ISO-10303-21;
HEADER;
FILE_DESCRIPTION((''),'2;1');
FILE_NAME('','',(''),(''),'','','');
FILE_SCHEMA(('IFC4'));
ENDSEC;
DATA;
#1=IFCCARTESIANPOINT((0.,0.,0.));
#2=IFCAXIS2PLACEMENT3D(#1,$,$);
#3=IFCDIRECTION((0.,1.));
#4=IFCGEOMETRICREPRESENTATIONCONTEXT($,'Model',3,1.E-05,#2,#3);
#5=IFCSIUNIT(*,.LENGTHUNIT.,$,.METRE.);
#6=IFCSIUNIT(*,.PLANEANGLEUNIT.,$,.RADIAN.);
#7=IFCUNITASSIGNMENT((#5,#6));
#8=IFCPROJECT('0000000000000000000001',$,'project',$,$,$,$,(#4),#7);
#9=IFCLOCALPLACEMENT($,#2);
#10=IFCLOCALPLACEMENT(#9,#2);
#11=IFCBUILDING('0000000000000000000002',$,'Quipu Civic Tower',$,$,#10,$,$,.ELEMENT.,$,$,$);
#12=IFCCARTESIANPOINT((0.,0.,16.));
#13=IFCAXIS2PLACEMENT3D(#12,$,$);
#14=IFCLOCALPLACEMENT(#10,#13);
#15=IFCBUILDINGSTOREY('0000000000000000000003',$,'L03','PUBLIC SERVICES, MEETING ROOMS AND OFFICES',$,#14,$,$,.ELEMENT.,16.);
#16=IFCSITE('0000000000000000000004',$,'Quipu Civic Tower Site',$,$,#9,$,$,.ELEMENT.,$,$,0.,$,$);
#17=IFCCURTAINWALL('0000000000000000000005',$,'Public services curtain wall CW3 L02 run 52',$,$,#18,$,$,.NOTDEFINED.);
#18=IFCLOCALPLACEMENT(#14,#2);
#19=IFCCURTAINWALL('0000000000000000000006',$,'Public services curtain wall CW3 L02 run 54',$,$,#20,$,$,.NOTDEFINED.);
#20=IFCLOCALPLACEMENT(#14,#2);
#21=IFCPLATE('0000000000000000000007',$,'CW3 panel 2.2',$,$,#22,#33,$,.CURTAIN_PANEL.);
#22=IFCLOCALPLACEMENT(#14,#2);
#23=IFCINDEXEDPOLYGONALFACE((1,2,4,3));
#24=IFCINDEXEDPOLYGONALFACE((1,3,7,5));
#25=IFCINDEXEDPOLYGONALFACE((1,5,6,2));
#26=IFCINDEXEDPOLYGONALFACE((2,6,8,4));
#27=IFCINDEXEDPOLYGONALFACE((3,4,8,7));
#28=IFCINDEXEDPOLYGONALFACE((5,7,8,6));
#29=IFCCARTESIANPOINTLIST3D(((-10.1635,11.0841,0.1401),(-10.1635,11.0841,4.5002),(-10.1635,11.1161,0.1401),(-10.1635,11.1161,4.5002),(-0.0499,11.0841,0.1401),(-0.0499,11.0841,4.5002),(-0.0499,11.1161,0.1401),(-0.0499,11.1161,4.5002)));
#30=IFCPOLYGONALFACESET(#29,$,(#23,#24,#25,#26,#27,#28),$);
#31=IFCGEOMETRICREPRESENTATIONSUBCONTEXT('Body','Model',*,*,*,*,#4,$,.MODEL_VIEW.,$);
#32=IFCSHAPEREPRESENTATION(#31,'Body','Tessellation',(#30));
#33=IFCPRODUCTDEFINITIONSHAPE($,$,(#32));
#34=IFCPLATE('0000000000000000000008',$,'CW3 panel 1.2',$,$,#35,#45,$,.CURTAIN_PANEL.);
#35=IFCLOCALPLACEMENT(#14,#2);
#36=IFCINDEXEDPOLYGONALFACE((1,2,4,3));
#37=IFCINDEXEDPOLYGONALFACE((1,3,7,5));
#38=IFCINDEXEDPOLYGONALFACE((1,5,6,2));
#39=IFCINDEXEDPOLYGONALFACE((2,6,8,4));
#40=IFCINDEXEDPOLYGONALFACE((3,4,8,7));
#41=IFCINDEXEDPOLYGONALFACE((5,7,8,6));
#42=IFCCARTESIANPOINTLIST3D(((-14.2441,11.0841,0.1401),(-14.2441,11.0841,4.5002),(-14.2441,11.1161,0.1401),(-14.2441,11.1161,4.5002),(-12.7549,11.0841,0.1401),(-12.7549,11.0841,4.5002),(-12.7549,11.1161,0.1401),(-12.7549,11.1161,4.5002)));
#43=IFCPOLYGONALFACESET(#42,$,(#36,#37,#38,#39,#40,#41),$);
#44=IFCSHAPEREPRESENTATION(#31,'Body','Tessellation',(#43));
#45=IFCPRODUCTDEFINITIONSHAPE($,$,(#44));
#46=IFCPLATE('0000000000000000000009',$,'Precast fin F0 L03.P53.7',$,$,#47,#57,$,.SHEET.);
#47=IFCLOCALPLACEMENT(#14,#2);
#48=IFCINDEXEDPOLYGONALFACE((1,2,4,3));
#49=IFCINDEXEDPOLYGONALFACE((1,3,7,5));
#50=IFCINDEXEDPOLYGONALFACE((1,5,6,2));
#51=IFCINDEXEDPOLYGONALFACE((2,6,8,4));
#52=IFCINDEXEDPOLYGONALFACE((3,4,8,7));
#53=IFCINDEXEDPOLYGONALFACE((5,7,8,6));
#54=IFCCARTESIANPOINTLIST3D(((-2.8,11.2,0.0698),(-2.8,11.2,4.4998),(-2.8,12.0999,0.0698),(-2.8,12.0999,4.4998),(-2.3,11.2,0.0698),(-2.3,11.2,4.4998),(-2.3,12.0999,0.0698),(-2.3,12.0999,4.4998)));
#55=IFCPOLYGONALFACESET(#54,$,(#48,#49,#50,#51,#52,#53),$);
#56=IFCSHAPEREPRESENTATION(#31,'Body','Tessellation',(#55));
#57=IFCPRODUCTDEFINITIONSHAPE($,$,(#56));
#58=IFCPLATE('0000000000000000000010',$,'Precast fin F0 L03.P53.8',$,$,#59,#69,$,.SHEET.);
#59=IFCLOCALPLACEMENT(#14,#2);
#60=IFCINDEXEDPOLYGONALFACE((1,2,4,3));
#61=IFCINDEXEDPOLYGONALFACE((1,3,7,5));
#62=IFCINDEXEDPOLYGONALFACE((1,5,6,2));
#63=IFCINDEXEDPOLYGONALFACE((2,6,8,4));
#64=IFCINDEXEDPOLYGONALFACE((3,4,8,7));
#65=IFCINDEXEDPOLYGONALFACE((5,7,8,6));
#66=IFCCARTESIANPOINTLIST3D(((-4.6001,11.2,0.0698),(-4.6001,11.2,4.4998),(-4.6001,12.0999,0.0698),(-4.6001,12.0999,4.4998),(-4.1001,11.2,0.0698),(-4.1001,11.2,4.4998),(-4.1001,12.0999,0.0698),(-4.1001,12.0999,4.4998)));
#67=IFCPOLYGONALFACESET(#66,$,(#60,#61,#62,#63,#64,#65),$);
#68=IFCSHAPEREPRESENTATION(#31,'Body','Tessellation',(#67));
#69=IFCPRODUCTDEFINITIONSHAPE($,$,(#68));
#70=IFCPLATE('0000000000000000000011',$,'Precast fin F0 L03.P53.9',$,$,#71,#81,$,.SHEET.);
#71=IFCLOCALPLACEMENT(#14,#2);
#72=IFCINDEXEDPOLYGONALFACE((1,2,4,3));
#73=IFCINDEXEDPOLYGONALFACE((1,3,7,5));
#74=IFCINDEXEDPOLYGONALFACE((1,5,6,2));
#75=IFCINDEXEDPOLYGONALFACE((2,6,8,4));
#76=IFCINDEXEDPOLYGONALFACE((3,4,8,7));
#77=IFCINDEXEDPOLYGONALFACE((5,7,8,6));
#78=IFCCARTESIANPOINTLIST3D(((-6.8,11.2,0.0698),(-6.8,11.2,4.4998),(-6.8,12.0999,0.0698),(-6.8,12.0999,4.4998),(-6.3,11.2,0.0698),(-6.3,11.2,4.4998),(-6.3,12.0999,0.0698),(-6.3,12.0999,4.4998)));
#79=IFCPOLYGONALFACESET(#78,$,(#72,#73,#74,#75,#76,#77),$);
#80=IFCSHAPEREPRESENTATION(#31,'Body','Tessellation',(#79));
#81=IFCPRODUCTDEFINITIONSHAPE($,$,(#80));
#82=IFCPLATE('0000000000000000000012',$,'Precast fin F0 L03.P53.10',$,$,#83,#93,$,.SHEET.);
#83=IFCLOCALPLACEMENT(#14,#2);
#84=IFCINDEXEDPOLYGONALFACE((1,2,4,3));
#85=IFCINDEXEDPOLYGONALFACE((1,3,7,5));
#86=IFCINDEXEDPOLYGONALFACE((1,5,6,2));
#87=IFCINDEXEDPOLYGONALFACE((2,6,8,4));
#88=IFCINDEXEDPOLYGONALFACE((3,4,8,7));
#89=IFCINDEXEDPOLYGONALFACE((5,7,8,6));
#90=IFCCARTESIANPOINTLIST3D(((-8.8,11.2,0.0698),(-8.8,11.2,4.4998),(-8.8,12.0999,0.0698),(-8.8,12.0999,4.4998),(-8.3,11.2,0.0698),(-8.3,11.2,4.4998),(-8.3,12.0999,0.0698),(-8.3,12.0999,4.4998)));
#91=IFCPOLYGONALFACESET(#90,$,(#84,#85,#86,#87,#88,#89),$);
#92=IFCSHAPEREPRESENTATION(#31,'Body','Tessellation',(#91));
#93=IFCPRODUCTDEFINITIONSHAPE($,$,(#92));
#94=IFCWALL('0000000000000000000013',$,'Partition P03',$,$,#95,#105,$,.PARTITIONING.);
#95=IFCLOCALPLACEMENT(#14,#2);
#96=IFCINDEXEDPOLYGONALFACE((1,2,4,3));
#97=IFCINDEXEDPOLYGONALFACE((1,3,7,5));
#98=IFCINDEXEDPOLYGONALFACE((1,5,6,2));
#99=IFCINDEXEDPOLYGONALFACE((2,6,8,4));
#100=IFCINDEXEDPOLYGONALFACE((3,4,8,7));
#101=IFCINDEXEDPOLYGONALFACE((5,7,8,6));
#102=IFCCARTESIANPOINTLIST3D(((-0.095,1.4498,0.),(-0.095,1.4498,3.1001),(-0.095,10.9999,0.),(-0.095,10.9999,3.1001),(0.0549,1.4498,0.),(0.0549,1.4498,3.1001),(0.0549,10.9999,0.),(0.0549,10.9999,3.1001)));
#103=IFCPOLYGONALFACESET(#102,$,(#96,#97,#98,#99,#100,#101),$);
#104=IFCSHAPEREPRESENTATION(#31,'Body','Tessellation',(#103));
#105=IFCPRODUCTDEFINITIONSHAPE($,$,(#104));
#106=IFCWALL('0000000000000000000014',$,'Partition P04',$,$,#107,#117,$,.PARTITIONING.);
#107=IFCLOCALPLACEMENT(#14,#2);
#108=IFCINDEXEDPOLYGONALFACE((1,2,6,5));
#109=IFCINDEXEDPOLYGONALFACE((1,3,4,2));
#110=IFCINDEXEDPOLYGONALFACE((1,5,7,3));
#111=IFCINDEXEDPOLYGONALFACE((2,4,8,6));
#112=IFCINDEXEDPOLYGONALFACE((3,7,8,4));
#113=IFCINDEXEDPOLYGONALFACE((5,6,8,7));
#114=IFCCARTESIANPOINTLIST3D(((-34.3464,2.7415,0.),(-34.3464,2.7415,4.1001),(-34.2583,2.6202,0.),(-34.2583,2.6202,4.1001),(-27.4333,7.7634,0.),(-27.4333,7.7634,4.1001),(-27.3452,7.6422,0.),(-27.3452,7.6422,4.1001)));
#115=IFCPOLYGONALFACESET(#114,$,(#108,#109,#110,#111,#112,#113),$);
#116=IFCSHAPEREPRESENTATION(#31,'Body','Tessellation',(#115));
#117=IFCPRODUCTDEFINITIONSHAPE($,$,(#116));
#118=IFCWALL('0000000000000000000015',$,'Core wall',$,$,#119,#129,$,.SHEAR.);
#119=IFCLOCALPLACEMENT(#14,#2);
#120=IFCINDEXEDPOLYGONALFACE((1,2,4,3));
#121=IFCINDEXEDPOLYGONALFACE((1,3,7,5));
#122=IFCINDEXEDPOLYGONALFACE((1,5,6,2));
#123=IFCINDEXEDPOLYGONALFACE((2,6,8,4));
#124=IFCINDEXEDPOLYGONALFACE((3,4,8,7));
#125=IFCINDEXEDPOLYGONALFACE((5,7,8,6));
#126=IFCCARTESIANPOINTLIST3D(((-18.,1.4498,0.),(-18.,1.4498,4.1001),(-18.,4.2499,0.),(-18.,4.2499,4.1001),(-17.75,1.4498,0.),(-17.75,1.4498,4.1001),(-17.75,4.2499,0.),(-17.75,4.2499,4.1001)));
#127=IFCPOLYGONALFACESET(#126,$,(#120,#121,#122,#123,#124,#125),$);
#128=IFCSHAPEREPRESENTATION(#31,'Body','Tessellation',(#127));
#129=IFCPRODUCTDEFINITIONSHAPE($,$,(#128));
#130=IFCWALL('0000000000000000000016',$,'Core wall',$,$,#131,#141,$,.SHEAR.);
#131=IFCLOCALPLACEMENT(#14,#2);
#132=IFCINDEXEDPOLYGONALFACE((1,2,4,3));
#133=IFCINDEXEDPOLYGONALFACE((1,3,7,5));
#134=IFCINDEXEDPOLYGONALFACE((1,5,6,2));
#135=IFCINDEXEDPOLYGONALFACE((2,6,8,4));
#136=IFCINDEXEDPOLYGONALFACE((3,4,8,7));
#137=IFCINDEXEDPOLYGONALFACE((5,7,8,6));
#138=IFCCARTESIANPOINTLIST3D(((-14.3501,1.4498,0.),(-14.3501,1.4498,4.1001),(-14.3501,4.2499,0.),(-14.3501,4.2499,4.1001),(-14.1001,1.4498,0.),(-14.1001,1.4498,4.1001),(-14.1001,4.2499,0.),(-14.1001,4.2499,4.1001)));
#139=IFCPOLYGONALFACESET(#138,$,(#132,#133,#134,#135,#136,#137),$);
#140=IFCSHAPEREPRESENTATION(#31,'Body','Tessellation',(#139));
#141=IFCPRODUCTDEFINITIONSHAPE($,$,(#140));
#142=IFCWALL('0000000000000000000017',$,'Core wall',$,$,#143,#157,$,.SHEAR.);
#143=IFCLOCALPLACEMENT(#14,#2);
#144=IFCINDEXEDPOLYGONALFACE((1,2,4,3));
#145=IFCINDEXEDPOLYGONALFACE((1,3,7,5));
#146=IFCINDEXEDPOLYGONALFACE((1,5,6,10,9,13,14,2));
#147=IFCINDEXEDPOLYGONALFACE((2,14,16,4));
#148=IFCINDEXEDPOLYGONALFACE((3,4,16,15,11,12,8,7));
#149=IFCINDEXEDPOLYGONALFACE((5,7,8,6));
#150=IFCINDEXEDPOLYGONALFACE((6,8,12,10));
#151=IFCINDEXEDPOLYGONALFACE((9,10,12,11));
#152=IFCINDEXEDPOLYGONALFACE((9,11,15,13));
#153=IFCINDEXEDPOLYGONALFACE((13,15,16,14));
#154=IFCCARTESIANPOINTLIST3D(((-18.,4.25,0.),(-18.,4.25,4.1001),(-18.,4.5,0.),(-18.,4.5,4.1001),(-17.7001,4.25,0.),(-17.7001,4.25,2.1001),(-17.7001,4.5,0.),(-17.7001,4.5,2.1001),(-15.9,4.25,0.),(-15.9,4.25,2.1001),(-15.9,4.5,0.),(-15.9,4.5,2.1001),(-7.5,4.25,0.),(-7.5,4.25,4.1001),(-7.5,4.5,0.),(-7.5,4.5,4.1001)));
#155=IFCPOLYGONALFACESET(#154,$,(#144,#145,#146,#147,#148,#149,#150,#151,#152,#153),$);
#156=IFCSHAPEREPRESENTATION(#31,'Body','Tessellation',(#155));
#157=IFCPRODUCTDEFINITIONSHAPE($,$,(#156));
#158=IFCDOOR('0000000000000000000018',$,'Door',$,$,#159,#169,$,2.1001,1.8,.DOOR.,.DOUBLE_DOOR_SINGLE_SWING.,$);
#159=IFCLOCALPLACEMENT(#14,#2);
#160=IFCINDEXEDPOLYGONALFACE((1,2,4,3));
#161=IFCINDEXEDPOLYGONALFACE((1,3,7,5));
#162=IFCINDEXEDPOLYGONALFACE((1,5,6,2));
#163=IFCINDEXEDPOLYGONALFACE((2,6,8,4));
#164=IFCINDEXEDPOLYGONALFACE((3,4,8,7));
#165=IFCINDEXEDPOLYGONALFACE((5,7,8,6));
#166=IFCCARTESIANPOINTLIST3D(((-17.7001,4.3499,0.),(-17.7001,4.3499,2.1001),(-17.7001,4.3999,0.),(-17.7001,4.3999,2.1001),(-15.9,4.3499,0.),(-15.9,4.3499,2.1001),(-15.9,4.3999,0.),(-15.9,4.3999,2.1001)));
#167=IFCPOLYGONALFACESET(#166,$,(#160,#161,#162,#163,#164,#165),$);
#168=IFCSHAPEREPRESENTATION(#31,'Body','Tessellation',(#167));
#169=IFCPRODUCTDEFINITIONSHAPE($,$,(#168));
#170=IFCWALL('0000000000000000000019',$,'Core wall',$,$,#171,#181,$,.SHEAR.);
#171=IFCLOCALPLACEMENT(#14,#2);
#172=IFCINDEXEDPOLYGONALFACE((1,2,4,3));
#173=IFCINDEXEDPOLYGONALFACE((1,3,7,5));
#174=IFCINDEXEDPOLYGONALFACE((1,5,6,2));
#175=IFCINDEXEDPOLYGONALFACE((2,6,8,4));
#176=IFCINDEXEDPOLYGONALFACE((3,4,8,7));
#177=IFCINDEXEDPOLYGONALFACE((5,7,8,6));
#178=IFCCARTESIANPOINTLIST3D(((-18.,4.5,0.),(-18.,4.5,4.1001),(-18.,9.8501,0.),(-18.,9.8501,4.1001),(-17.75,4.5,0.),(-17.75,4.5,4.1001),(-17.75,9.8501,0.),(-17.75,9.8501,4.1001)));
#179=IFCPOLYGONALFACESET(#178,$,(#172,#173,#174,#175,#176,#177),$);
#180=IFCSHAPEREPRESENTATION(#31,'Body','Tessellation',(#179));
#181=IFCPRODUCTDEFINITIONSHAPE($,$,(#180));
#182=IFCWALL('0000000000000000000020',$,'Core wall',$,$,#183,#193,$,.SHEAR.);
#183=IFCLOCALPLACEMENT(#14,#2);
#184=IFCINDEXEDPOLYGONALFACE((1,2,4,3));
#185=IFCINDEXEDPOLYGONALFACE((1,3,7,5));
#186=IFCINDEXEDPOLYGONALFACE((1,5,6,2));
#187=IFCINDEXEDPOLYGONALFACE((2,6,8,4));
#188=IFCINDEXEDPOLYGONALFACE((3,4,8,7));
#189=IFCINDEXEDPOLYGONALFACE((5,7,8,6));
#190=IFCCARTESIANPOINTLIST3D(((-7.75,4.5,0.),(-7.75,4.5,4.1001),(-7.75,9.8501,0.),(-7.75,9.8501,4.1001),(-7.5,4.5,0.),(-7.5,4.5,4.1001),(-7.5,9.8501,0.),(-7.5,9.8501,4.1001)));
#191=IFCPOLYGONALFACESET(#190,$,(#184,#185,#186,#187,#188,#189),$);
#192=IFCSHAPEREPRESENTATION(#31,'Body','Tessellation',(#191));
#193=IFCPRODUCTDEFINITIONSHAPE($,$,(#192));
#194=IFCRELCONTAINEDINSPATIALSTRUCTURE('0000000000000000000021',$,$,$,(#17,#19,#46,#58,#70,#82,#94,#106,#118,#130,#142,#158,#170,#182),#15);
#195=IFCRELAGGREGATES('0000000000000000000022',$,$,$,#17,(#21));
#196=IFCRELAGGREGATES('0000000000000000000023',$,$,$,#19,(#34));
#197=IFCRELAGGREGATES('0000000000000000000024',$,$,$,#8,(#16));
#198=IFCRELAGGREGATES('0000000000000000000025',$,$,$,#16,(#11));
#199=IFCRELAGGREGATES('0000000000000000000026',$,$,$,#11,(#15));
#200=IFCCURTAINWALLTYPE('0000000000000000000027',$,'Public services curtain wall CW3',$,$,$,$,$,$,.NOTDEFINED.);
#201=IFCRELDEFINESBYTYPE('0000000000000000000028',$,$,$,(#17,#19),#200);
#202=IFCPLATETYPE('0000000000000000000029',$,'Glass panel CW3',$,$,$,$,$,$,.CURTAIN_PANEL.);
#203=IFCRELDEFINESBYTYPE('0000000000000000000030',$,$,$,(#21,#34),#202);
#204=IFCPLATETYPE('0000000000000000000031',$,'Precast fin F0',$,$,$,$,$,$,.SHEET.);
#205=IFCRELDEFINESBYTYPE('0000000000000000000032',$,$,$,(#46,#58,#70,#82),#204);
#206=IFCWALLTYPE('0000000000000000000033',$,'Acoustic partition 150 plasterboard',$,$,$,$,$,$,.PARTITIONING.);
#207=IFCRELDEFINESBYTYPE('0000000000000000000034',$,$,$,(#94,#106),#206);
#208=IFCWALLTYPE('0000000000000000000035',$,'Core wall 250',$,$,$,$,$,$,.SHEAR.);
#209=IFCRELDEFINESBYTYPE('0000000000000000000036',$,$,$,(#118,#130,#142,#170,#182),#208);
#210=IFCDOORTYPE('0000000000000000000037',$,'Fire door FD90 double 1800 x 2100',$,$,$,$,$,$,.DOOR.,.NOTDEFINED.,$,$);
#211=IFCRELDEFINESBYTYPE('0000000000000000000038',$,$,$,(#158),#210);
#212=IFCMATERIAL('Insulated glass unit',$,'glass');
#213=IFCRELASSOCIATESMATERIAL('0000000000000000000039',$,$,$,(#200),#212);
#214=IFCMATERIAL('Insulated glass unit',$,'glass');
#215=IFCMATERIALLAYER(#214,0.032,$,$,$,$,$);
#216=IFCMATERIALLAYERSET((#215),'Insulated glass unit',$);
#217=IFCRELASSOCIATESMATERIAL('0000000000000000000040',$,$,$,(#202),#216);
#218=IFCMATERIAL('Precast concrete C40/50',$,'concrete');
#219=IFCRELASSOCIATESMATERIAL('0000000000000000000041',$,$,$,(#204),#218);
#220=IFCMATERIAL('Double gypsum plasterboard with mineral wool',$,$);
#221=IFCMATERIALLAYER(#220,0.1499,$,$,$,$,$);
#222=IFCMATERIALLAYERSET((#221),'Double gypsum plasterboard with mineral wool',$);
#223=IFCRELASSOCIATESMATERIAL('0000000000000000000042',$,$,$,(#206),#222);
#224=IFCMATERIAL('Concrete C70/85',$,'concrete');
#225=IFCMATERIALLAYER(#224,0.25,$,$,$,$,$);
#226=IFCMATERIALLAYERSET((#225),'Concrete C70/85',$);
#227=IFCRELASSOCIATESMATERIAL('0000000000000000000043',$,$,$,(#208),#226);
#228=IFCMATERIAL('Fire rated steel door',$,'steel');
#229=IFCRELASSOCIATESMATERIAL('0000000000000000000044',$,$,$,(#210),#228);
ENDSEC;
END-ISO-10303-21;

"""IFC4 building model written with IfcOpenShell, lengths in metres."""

from ifc_helpers import new_model, si_unit, direction, frame, frame_2d, origin, origin_2d, place, context, subcontext, project, spatial, rectangle, extrude, material, layer, layer_set, type_object, element, fill, aggregate, save


model = new_model("IFC4")

# Units and contexts
model_context = context("Model", 3, precision=1e-05, world=origin(), true_north=direction((0.0, 1.0)))
body_context = subcontext(model_context, "Body", "Model", "MODEL_VIEW")
ifc_project = project(units=[si_unit("LENGTHUNIT", "METRE"), si_unit("PLANEANGLEUNIT", "RADIAN")], contexts=[model_context])

# Site, building, storey
site_placement = place(None, origin())
site = spatial("IfcSite", under=ifc_project, at=site_placement, Name="Quipu Civic Tower Site", CompositionType="ELEMENT", RefElevation=0.0)
building_placement = place(site_placement, origin())
building = spatial("IfcBuilding", under=site, at=building_placement, Name="Quipu Civic Tower", CompositionType="ELEMENT")
storey_placement = place(building_placement, frame((0.0, 0.0, 16.0)))
storey = spatial("IfcBuildingStorey", under=building, at=storey_placement, Name="L03", Description="PUBLIC SERVICES, MEETING ROOMS AND OFFICES", CompositionType="ELEMENT", Elevation=16.0)

# Shared definitions
ifc_material_1 = material(Name="Insulated glass unit", Category="glass")
curtain_wall_type = type_object("IfcCurtainWallType", Name="Public services curtain wall CW3", PredefinedType="NOTDEFINED", material=ifc_material_1)

# Curtain walls
curtain_wall_1_placement = place(storey_placement, origin())
curtain_wall_1 = element("IfcCurtainWall", 1, at=curtain_wall_1_placement, inside=storey, type_object=curtain_wall_type, Name="Public services curtain wall CW3 L02 run 52", PredefinedType="NOTDEFINED")
curtain_wall_2_placement = place(storey_placement, origin())
curtain_wall_2 = element("IfcCurtainWall", 2, at=curtain_wall_2_placement, inside=storey, type_object=curtain_wall_type, Name="Public services curtain wall CW3 L02 run 54", PredefinedType="NOTDEFINED")

# Plates
ifc_material_2 = material(Name="Insulated glass unit", Category="glass")
ifc_layer_1 = layer(ifc_material_2, 0.032)
ifc_layer_set_1 = layer_set([ifc_layer_1], Name="Insulated glass unit")
plate_type_1 = type_object("IfcPlateType", Name="Glass panel CW3", PredefinedType="CURTAIN_PANEL", material=ifc_layer_set_1)
plate_1_placement = place(storey_placement, frame((-5.1067, 11.1001, 0.1401), z_axis=(0.0, 0.0, 1.0), x_axis=(-1.0, 0.0, 0.0)))
plate_1 = element("IfcPlate", 3, at=plate_1_placement, type_object=plate_type_1, Name="CW3 panel 2.2", PredefinedType="CURTAIN_PANEL", context=body_context, shape_type="SweptSolid", body=[
    extrude(rectangle(XDim=10.1135, YDim=0.032, at=origin_2d()), origin(), (0.0, 0.0, 1.0), 4.3601),
])
aggregate(curtain_wall_1, [plate_1])
plate_2_placement = place(storey_placement, frame((-13.4995, 11.1001, 0.1401), z_axis=(0.0, 0.0, 1.0), x_axis=(-1.0, 0.0, 0.0)))
plate_2 = element("IfcPlate", 4, at=plate_2_placement, type_object=plate_type_1, Name="CW3 panel 1.2", PredefinedType="CURTAIN_PANEL", context=body_context, shape_type="SweptSolid", body=[
    extrude(rectangle(XDim=1.4893, YDim=0.032, at=origin_2d()), origin(), (0.0, 0.0, 1.0), 4.3601),
])
aggregate(curtain_wall_2, [plate_2])

# Plates
ifc_material_3 = material(Name="Precast concrete C40/50", Category="concrete")
plate_type_2 = type_object("IfcPlateType", Name="Precast fin F0", PredefinedType="SHEET", material=ifc_material_3)
for number, where, z_axis, x_axis, name in (
    (5, (-2.55, 11.6499, 0.0698), (0.0, 0.0, 1.0), (-1.0, 0.0, 0.0), "Precast fin F0 L03.P53.7"),
    (6, (-4.3501, 11.6499, 0.0698), (0.0, 0.0, 1.0), (-1.0, 0.0, 0.0), "Precast fin F0 L03.P53.8"),
    (7, (-6.55, 11.6499, 0.0698), (0.0, 0.0, 1.0), (-1.0, 0.0, 0.0), "Precast fin F0 L03.P53.9"),
    (8, (-8.55, 11.6499, 0.0698), (0.0, 0.0, 1.0), (-1.0, 0.0, 0.0), "Precast fin F0 L03.P53.10"),
):
    element("IfcPlate", number, at=place(storey_placement, frame(where, z_axis=z_axis, x_axis=x_axis)), inside=storey, type_object=plate_type_2, Name=name, PredefinedType="SHEET", context=body_context, shape_type="SweptSolid", body=[
        extrude(rectangle(XDim=0.5, YDim=0.8999, at=origin_2d()), origin(), (0.0, 0.0, 1.0), 4.4299),
    ])

# Walls
ifc_material_4 = material(Name="Double gypsum plasterboard with mineral wool")
ifc_layer_2 = layer(ifc_material_4, 0.1499)
ifc_layer_set_2 = layer_set([ifc_layer_2], Name="Double gypsum plasterboard with mineral wool")
wall_type_1 = type_object("IfcWallType", Name="Acoustic partition 150 plasterboard", PredefinedType="PARTITIONING", material=ifc_layer_set_2)
wall_1_placement = place(storey_placement, frame((-0.02, 1.45, 0.0), z_axis=(0.0, 0.0, 1.0), x_axis=(0.0, 1.0, 0.0)))
element("IfcWall", 9, at=wall_1_placement, inside=storey, type_object=wall_type_1, Name="Partition P03", PredefinedType="PARTITIONING", context=body_context, shape_type="SweptSolid", body=[
    extrude(rectangle(XDim=9.55, YDim=0.1499, at=frame_2d((4.7749, 0.0))), origin(), (0.0, 0.0, 1.0), 3.1001),
])
wall_2_placement = place(storey_placement, frame((-27.3892, 7.7029, 0.0), z_axis=(0.0, 0.0, 1.0), x_axis=(-0.809055, -0.587733, 0.0)))
element("IfcWall", 10, at=wall_2_placement, inside=storey, type_object=wall_type_1, Name="Partition P04", PredefinedType="PARTITIONING", context=body_context, shape_type="SweptSolid", body=[
    extrude(rectangle(XDim=8.5447, YDim=0.1499, at=frame_2d((4.2725, 0.0))), origin(), (0.0, 0.0, 1.0), 4.1001),
])
ifc_material_5 = material(Name="Concrete C70/85", Category="concrete")
ifc_layer_3 = layer(ifc_material_5, 0.25)
ifc_layer_set_3 = layer_set([ifc_layer_3], Name="Concrete C70/85")
wall_type_2 = type_object("IfcWallType", Name="Core wall 250", PredefinedType="SHEAR", material=ifc_layer_set_3)
for number, where, z_axis, x_axis, name in (
    (11, (-17.875, 1.45, 0.0), (0.0, 0.0, 1.0), (0.0, 1.0, 0.0), "Core wall"),
    (12, (-14.2251, 1.45, 0.0), (0.0, 0.0, 1.0), (0.0, 1.0, 0.0), "Core wall"),
):
    element("IfcWall", number, at=place(storey_placement, frame(where, z_axis=z_axis, x_axis=x_axis)), inside=storey, type_object=wall_type_2, Name=name, PredefinedType="SHEAR", context=body_context, shape_type="SweptSolid", body=[
        extrude(rectangle(XDim=2.8, YDim=0.25, at=frame_2d((1.3999, 0.0))), origin(), (0.0, 0.0, 1.0), 4.1001),
    ])

# Wall, opening, door
wall_3_placement = place(storey_placement, frame((-18.0, 4.375, 0.0), z_axis=(0.0, 0.0, 1.0), x_axis=(1.0, 0.0, 0.0)))
wall_3 = element("IfcWall", 13, at=wall_3_placement, inside=storey, type_object=wall_type_2, Name="Core wall", PredefinedType="SHEAR", context=body_context, shape_type="SweptSolid", body=[
    extrude(rectangle(XDim=10.5, YDim=0.25, at=frame_2d((5.25, 0.0))), origin(), (0.0, 0.0, 1.0), 4.1001),
])
opening_1_placement = place(wall_3_placement, frame((0.3, 0.0, 0.0)))
opening_1 = element("IfcOpeningElement", 14, at=opening_1_placement, cuts=wall_3, PredefinedType="OPENING", context=body_context, shape_type="SweptSolid", body=[
    extrude(rectangle(XDim=1.8, YDim=2.1001, at=frame_2d((0.8999, 1.05))), frame((0.0, 0.135, 0.0), z_axis=(0.0, -1.0, 0.0), x_axis=(1.0, 0.0, 0.0)), (0.0, 0.0, 1.0), 0.27),
])
ifc_material_6 = material(Name="Fire rated steel door", Category="steel")
door_type = type_object("IfcDoorType", Name="Fire door FD90 double 1800 x 2100", OperationType="NOTDEFINED", PredefinedType="DOOR", material=ifc_material_6)
door_placement = place(opening_1_placement, origin())
door = element("IfcDoor", 15, at=door_placement, inside=storey, type_object=door_type, Name="Door", OperationType="DOUBLE_DOOR_SINGLE_SWING", OverallHeight=2.1001, OverallWidth=1.8, PredefinedType="DOOR", context=body_context, shape_type="SweptSolid", body=[
    extrude(rectangle(XDim=1.8, YDim=2.1001, at=frame_2d((0.8999, 1.05))), frame((0.0, 0.0249, 0.0), z_axis=(0.0, -1.0, 0.0), x_axis=(1.0, 0.0, 0.0)), (0.0, 0.0, 1.0), 0.05),
])
fill(opening_1, door)

# Walls
for number, where, z_axis, x_axis, name in (
    (16, (-17.875, 4.5, 0.0), (0.0, 0.0, 1.0), (0.0, 1.0, 0.0), "Core wall"),
    (17, (-7.625, 4.5, 0.0), (0.0, 0.0, 1.0), (0.0, 1.0, 0.0), "Core wall"),
):
    element("IfcWall", number, at=place(storey_placement, frame(where, z_axis=z_axis, x_axis=x_axis)), inside=storey, type_object=wall_type_2, Name=name, PredefinedType="SHEAR", context=body_context, shape_type="SweptSolid", body=[
        extrude(rectangle(XDim=5.3501, YDim=0.25, at=frame_2d((2.675, 0.0))), origin(), (0.0, 0.0, 1.0), 4.1001),
    ])

save(model, "model.ifc")
